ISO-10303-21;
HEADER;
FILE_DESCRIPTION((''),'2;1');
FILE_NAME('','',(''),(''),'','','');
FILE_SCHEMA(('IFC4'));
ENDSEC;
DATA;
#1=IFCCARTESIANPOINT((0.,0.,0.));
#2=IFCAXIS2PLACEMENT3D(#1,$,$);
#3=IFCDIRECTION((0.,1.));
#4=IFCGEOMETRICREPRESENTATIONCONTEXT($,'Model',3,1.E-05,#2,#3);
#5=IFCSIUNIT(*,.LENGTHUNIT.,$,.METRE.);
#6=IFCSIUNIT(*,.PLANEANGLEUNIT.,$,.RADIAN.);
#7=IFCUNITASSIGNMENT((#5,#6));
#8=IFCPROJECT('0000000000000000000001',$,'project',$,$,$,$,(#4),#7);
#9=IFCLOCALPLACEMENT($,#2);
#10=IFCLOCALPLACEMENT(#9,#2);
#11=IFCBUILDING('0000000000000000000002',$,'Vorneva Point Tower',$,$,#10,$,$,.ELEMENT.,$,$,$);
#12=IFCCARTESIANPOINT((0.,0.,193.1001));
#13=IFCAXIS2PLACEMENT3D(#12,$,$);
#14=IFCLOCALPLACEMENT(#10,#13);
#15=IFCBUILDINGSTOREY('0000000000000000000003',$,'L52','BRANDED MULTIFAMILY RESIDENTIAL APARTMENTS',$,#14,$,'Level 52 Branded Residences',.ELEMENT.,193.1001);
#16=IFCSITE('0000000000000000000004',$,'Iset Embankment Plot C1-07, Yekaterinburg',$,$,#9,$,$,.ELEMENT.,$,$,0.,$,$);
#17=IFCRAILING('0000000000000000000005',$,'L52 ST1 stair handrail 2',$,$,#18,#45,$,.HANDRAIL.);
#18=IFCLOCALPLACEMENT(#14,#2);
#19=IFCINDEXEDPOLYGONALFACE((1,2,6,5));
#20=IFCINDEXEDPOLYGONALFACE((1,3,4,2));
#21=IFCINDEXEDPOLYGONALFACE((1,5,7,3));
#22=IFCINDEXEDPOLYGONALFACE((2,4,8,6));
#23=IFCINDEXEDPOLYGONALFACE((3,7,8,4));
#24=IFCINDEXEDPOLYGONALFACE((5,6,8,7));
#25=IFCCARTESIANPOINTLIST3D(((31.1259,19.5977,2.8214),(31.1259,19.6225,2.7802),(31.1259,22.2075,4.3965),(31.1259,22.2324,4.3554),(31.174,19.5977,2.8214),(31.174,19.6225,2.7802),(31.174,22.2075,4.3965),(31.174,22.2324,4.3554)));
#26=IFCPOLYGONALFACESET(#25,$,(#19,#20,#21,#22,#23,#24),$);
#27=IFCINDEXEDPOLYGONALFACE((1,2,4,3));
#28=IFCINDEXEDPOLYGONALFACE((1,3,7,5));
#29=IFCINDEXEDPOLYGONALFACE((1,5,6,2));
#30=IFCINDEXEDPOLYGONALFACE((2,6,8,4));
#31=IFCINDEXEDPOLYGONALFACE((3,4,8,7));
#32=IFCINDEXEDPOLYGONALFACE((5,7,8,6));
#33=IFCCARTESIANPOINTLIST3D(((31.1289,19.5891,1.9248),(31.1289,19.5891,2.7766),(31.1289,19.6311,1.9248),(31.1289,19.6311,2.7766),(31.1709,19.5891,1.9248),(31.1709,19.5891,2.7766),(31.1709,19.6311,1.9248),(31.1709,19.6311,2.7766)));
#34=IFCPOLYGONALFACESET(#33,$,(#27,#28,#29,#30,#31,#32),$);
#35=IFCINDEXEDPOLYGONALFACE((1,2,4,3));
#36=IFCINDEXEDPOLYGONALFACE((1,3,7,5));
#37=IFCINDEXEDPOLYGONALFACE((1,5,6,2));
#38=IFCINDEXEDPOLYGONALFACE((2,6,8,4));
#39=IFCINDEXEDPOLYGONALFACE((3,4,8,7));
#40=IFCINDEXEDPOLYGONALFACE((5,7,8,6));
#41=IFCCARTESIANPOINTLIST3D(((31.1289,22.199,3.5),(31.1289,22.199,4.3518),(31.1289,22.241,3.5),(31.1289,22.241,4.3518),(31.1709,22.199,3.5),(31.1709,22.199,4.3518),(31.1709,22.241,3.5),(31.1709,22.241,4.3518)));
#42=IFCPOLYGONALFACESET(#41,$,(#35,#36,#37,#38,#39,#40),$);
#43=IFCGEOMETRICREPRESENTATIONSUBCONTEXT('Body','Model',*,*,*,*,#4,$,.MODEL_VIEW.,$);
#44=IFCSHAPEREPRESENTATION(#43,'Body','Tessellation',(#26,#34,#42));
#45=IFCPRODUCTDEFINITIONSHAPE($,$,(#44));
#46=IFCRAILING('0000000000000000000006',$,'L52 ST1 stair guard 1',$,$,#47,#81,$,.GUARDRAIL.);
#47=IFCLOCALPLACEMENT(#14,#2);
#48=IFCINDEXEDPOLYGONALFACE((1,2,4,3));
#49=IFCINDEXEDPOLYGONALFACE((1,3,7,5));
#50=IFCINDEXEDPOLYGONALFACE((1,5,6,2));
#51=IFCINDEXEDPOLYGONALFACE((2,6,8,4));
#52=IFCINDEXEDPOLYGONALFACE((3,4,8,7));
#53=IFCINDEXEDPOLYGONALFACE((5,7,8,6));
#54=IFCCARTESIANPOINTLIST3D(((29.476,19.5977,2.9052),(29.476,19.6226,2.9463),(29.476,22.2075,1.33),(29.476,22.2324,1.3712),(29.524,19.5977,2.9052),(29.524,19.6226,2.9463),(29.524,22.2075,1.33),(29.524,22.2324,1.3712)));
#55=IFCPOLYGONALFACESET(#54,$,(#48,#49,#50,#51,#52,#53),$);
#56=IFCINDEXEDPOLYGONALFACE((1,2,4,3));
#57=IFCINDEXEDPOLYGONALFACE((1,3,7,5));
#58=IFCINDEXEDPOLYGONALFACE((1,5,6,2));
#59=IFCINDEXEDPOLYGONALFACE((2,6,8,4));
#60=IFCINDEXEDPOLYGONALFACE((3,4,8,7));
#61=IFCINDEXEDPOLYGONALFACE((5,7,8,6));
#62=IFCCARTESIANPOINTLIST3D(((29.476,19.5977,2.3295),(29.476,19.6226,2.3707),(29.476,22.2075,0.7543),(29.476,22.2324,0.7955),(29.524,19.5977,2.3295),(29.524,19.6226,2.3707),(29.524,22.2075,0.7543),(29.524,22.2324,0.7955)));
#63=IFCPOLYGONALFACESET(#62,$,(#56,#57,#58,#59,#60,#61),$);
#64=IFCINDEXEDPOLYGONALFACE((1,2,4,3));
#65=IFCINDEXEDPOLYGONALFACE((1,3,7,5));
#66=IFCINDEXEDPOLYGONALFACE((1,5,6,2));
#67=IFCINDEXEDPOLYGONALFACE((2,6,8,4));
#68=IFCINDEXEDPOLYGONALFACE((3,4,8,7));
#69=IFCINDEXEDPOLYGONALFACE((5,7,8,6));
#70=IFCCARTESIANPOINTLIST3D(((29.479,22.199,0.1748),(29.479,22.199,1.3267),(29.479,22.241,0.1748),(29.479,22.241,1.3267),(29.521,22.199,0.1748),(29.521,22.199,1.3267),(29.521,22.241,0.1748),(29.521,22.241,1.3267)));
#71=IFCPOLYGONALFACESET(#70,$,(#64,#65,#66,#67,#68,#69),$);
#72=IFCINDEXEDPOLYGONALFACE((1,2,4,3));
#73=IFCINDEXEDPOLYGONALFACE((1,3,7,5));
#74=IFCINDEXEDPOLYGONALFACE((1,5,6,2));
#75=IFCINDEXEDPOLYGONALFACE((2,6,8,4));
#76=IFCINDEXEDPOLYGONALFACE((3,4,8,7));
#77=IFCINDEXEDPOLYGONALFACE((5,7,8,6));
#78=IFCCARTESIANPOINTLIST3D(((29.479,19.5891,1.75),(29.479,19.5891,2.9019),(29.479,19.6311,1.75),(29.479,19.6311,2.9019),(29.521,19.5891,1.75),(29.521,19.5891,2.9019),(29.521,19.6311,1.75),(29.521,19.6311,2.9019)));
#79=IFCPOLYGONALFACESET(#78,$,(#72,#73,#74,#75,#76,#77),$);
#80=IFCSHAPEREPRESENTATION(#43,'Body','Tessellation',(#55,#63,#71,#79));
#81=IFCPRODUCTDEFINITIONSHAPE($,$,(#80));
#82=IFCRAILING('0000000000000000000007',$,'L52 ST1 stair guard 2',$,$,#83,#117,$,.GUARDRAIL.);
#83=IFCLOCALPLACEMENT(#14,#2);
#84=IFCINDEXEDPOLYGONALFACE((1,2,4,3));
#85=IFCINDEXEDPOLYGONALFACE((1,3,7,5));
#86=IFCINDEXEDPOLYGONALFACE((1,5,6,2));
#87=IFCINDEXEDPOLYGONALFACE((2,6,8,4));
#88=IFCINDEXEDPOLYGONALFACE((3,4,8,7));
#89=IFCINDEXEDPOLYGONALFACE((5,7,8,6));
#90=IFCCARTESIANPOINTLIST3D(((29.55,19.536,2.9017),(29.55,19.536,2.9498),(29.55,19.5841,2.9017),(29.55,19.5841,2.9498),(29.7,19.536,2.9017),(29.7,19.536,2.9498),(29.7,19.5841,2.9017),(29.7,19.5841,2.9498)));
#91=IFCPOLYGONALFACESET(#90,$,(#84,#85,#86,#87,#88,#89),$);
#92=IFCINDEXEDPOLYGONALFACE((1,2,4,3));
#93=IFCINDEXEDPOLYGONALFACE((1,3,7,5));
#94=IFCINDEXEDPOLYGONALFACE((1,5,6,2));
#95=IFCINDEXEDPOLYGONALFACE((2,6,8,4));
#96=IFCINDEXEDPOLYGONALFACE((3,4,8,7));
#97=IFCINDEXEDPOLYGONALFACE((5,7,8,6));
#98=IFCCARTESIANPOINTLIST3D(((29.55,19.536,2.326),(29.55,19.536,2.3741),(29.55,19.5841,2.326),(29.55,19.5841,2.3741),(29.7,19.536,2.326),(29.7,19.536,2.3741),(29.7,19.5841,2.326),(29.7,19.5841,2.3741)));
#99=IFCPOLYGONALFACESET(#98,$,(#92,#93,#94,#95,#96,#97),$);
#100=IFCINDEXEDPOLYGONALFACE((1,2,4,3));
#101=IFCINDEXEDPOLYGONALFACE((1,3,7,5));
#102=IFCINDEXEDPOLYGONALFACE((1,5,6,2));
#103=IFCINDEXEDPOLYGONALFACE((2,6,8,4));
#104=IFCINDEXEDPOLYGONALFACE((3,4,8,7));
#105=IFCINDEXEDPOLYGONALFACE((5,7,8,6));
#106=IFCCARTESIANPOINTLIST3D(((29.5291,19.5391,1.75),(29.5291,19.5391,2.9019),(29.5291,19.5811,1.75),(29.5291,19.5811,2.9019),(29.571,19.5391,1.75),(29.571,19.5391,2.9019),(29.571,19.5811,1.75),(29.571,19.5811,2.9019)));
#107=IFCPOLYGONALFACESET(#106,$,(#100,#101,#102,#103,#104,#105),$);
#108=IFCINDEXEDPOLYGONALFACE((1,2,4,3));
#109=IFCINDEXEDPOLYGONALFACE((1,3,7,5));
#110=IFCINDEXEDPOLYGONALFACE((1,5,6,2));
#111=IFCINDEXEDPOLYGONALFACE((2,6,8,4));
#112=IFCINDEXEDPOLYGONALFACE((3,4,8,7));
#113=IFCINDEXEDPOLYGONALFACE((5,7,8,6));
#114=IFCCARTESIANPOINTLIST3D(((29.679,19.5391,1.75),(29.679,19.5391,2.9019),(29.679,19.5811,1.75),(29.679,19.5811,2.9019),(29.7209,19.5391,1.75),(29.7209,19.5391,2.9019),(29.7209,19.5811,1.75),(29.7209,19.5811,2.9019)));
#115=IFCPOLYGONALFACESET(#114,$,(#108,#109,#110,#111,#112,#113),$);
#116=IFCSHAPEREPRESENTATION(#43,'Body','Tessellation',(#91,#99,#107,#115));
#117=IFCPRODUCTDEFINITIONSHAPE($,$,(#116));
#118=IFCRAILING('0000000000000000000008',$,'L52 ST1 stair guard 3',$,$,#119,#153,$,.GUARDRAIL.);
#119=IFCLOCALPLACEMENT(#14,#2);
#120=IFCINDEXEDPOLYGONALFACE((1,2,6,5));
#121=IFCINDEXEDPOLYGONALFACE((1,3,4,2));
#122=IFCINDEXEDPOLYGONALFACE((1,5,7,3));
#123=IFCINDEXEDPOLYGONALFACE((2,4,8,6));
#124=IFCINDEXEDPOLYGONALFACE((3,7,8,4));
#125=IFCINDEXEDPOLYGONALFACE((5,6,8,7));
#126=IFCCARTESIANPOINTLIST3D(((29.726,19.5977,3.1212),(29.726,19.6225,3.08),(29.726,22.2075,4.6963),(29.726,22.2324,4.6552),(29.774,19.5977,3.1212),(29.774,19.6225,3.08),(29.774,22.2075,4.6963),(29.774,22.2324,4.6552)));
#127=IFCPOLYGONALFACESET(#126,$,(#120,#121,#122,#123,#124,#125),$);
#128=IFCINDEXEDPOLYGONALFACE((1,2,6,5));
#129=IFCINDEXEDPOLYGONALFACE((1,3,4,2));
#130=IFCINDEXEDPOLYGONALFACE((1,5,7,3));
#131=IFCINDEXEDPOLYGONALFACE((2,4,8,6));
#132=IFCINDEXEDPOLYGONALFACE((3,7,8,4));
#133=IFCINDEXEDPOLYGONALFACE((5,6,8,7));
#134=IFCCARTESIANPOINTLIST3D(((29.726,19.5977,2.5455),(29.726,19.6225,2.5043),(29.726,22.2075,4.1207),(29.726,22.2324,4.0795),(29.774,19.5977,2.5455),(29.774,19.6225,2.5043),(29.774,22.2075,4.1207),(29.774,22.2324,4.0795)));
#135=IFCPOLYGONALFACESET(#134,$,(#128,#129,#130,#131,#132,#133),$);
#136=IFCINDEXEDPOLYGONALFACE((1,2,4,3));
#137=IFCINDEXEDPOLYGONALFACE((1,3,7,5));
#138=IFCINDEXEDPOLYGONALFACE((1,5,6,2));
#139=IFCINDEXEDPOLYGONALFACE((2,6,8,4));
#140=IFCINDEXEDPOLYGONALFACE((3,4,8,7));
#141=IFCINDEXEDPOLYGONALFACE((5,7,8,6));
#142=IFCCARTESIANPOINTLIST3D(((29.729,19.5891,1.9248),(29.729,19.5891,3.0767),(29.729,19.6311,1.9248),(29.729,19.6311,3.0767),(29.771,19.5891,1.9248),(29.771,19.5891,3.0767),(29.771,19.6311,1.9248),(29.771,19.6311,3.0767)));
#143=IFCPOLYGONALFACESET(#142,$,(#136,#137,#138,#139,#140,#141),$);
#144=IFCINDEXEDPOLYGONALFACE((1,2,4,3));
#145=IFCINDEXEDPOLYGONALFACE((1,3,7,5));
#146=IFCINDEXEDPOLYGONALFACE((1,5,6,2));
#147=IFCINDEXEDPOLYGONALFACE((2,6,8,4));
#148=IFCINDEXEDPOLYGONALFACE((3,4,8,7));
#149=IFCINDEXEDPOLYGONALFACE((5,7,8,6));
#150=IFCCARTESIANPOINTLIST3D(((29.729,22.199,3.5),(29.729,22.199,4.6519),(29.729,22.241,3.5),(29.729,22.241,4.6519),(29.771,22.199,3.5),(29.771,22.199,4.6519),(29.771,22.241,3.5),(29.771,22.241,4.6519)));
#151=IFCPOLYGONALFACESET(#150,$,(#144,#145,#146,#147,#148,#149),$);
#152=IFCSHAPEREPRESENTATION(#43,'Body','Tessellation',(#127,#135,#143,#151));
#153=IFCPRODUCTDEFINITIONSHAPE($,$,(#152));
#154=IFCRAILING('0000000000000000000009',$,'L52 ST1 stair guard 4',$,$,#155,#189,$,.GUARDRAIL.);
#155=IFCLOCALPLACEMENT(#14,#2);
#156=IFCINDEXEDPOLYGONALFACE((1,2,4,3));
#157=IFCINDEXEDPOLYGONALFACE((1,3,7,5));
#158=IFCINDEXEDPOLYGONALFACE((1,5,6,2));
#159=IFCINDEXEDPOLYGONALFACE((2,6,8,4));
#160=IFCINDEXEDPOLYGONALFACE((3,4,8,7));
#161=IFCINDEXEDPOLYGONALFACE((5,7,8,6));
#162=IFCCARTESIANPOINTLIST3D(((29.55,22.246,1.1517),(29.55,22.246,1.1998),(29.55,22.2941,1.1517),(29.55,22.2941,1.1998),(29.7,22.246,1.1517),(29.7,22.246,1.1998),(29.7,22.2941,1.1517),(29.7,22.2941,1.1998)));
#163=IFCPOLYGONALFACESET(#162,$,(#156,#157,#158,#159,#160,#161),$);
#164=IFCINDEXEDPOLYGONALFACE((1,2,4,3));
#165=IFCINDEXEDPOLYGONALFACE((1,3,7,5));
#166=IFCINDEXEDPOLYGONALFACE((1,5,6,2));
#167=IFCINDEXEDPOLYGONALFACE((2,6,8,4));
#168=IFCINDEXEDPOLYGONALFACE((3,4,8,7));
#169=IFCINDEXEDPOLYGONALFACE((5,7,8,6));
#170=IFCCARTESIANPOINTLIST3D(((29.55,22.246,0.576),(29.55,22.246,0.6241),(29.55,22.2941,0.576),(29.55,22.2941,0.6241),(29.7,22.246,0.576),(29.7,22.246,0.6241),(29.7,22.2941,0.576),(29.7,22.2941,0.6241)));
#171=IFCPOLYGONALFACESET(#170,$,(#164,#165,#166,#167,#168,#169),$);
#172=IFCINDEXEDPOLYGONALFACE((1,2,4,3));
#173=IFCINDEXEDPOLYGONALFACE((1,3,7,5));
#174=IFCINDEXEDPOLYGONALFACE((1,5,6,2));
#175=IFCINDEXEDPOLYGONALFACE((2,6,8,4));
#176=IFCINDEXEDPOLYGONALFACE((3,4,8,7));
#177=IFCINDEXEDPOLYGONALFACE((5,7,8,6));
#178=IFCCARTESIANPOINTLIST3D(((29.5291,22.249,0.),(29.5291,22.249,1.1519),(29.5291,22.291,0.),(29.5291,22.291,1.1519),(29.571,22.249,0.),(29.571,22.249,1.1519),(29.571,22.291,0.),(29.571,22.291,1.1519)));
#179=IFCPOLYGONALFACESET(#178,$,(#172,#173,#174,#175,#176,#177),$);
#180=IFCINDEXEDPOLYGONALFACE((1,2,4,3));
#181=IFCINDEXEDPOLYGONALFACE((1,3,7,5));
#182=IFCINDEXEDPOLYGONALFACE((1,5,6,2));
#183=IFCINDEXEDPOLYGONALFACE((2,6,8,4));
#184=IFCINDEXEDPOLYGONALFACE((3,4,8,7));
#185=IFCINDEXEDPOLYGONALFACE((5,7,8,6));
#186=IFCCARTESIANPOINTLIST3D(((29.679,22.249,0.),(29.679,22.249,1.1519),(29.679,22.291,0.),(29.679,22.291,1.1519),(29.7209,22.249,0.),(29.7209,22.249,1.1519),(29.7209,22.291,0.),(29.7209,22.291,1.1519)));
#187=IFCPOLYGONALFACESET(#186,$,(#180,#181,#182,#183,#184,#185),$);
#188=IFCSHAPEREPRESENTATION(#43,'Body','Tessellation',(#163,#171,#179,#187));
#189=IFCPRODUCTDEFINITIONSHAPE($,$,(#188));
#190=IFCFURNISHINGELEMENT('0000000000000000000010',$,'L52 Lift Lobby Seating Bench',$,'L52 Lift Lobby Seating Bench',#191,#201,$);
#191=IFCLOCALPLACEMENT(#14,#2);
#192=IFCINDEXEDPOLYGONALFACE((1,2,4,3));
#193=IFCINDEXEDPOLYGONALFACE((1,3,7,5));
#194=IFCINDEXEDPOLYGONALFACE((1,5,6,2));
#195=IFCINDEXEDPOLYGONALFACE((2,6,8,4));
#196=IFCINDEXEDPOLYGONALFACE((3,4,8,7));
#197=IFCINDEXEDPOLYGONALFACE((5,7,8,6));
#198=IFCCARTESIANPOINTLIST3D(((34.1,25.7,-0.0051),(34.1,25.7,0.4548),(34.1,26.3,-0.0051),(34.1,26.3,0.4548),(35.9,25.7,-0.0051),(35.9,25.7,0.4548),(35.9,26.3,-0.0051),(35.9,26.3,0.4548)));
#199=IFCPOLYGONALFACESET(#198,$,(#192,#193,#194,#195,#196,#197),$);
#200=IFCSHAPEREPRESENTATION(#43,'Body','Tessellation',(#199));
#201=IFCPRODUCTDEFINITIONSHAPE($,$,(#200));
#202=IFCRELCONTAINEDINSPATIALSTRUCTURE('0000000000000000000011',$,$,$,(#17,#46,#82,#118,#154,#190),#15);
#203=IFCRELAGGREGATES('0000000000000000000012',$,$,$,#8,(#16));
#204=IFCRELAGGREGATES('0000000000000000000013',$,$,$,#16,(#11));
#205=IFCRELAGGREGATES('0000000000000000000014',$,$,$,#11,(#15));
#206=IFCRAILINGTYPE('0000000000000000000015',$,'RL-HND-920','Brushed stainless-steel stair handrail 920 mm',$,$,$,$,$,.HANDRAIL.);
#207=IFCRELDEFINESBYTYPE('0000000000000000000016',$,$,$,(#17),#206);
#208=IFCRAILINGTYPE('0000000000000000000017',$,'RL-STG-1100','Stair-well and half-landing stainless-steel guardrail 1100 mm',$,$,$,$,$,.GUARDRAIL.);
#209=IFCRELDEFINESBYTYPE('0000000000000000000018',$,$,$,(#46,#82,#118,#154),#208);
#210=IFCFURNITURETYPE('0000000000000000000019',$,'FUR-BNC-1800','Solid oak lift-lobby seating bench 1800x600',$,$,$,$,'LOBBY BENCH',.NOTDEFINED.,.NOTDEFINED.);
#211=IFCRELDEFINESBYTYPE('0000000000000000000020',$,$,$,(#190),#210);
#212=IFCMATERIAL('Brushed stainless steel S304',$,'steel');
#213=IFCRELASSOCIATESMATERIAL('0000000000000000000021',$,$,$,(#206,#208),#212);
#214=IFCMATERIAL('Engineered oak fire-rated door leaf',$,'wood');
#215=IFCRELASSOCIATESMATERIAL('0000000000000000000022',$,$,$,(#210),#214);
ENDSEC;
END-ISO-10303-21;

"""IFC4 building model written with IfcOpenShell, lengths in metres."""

from ifc_helpers import new_model, si_unit, direction, frame, origin, origin_2d, place, context, subcontext, project, spatial, rectangle, extrude, material, type_object, element, save


model = new_model("IFC4")

# Units and contexts
model_context = context("Model", 3, precision=1e-05, world=origin(), true_north=direction((0.0, 1.0)))
body_context = subcontext(model_context, "Body", "Model", "MODEL_VIEW")
ifc_project = project(units=[si_unit("LENGTHUNIT", "METRE"), si_unit("PLANEANGLEUNIT", "RADIAN")], contexts=[model_context])

# Site, building, storey
site_placement = place(None, origin())
site = spatial("IfcSite", under=ifc_project, at=site_placement, Name="Iset Embankment Plot C1-07, Yekaterinburg", CompositionType="ELEMENT", RefElevation=0.0)
building_placement = place(site_placement, origin())
building = spatial("IfcBuilding", under=site, at=building_placement, Name="Vorneva Point Tower", CompositionType="ELEMENT")
storey_placement = place(building_placement, frame((0.0, 0.0, 193.1001)))
storey = spatial("IfcBuildingStorey", under=building, at=storey_placement, Name="L52", Description="BRANDED MULTIFAMILY RESIDENTIAL APARTMENTS", LongName="Level 52 Branded Residences", CompositionType="ELEMENT", Elevation=193.1001)

# Shared definitions
ifc_material_1 = material(Name="Engineered oak fire-rated door leaf", Category="wood")

# Shared definitions
ifc_material_2 = material(Name="Brushed stainless steel S304", Category="steel")

# Railings
railing_type_1 = type_object("IfcRailingType", Name="RL-HND-920", Description="Brushed stainless-steel stair handrail 920 mm", PredefinedType="HANDRAIL", material=ifc_material_2)
railing_1_placement = place(storey_placement, frame((31.1499, 19.6101, 1.9248)))
element("IfcRailing", 1, at=railing_1_placement, inside=storey, type_object=railing_type_1, Name="L52 ST1 stair handrail 2", PredefinedType="HANDRAIL", context=body_context, shape_type="SweptSolid", body=[
    extrude(rectangle(XDim=0.0481, YDim=0.0481, at=origin_2d()), frame((0.0, 0.0, 0.876), z_axis=(0.0, 0.856147, 0.516732), x_axis=(-1.0, 0.0, 0.0)), (0.0, 0.0, 1.0), 3.0483),
    extrude(rectangle(XDim=0.042, YDim=0.042, at=origin_2d()), origin(), (0.0, 0.0, 1.0), 0.8518),
    extrude(rectangle(XDim=0.042, YDim=0.042, at=origin_2d()), frame((0.0, 2.6099, 1.5752)), (0.0, 0.0, 1.0), 0.8518),
])
railing_type_2 = type_object("IfcRailingType", Name="RL-STG-1100", Description="Stair-well and half-landing stainless-steel guardrail 1100 mm", PredefinedType="GUARDRAIL", material=ifc_material_2)
railing_2_placement = place(storey_placement, frame((29.5, 22.22, 0.1748)))
element("IfcRailing", 2, at=railing_2_placement, inside=storey, type_object=railing_type_2, Name="L52 ST1 stair guard 1", PredefinedType="GUARDRAIL", context=body_context, shape_type="SweptSolid", body=[
    extrude(rectangle(XDim=0.0481, YDim=0.0481, at=origin_2d()), frame((0.0, 0.0, 1.1758), z_axis=(0.0, -0.856147, 0.516732), x_axis=(1.0, 0.0, 0.0)), (0.0, 0.0, 1.0), 3.0483),
    extrude(rectangle(XDim=0.0481, YDim=0.0481, at=origin_2d()), frame((0.0, 0.0, 0.6001), z_axis=(0.0, -0.856147, 0.516732), x_axis=(1.0, 0.0, 0.0)), (0.0, 0.0, 1.0), 3.0483),
    extrude(rectangle(XDim=0.042, YDim=0.042, at=origin_2d()), origin(), (0.0, 0.0, 1.0), 1.1519),
    extrude(rectangle(XDim=0.042, YDim=0.042, at=origin_2d()), frame((0.0, -2.6099, 1.5752)), (0.0, 0.0, 1.0), 1.1519),
])
railing_3_placement = place(storey_placement, frame((29.55, 19.5601, 1.75)))
element("IfcRailing", 3, at=railing_3_placement, inside=storey, type_object=railing_type_2, Name="L52 ST1 stair guard 2", PredefinedType="GUARDRAIL", context=body_context, shape_type="SweptSolid", body=[
    extrude(rectangle(XDim=0.0481, YDim=0.0481, at=origin_2d()), frame((0.0, 0.0, 1.1758), z_axis=(1.0, 0.0, 0.0), x_axis=(0.0, 1.0, 0.0)), (0.0, 0.0, 1.0), 0.1499),
    extrude(rectangle(XDim=0.0481, YDim=0.0481, at=origin_2d()), frame((0.0, 0.0, 0.6001), z_axis=(1.0, 0.0, 0.0), x_axis=(0.0, 1.0, 0.0)), (0.0, 0.0, 1.0), 0.1499),
    extrude(rectangle(XDim=0.042, YDim=0.042, at=origin_2d()), origin(), (0.0, 0.0, 1.0), 1.1519),
    extrude(rectangle(XDim=0.042, YDim=0.042, at=origin_2d()), frame((0.1499, 0.0, 0.0)), (0.0, 0.0, 1.0), 1.1519),
])
railing_4_placement = place(storey_placement, frame((29.75, 19.6101, 1.9248)))
element("IfcRailing", 4, at=railing_4_placement, inside=storey, type_object=railing_type_2, Name="L52 ST1 stair guard 3", PredefinedType="GUARDRAIL", context=body_context, shape_type="SweptSolid", body=[
    extrude(rectangle(XDim=0.0481, YDim=0.0481, at=origin_2d()), frame((0.0, 0.0, 1.1758), z_axis=(0.0, 0.856147, 0.516732), x_axis=(-1.0, 0.0, 0.0)), (0.0, 0.0, 1.0), 3.0483),
    extrude(rectangle(XDim=0.0481, YDim=0.0481, at=origin_2d()), frame((0.0, 0.0, 0.6001), z_axis=(0.0, 0.856147, 0.516732), x_axis=(-1.0, 0.0, 0.0)), (0.0, 0.0, 1.0), 3.0483),
    extrude(rectangle(XDim=0.042, YDim=0.042, at=origin_2d()), origin(), (0.0, 0.0, 1.0), 1.1519),
    extrude(rectangle(XDim=0.042, YDim=0.042, at=origin_2d()), frame((0.0, 2.6099, 1.5752)), (0.0, 0.0, 1.0), 1.1519),
])
railing_5_placement = place(storey_placement, frame((29.55, 22.27, 0.0)))
element("IfcRailing", 5, at=railing_5_placement, inside=storey, type_object=railing_type_2, Name="L52 ST1 stair guard 4", PredefinedType="GUARDRAIL", context=body_context, shape_type="SweptSolid", body=[
    extrude(rectangle(XDim=0.0481, YDim=0.0481, at=origin_2d()), frame((0.0, 0.0, 1.1758), z_axis=(1.0, 0.0, 0.0), x_axis=(0.0, 1.0, 0.0)), (0.0, 0.0, 1.0), 0.1499),
    extrude(rectangle(XDim=0.0481, YDim=0.0481, at=origin_2d()), frame((0.0, 0.0, 0.6001), z_axis=(1.0, 0.0, 0.0), x_axis=(0.0, 1.0, 0.0)), (0.0, 0.0, 1.0), 0.1499),
    extrude(rectangle(XDim=0.042, YDim=0.042, at=origin_2d()), origin(), (0.0, 0.0, 1.0), 1.1519),
    extrude(rectangle(XDim=0.042, YDim=0.042, at=origin_2d()), frame((0.1499, 0.0, 0.0)), (0.0, 0.0, 1.0), 1.1519),
])

# Furnishing element
furniture_type = type_object("IfcFurnitureType", Name="FUR-BNC-1800", Description="Solid oak lift-lobby seating bench 1800x600", ElementType="LOBBY BENCH", AssemblyPlace="NOTDEFINED", PredefinedType="NOTDEFINED", material=ifc_material_1)
furnishing_placement = place(storey_placement, frame((35.0, 26.0, -0.0051), z_axis=(0.0, 0.0, 1.0), x_axis=(1.0, 0.0, 0.0)))
element("IfcFurnishingElement", 6, at=furnishing_placement, inside=storey, type_object=furniture_type, Name="L52 Lift Lobby Seating Bench", ObjectType="L52 Lift Lobby Seating Bench", context=body_context, shape_type="SweptSolid", body=[
    extrude(rectangle(XDim=1.8, YDim=0.6001, at=origin_2d()), origin(), (0.0, 0.0, 1.0), 0.46),
])

save(model, "model.ifc")
